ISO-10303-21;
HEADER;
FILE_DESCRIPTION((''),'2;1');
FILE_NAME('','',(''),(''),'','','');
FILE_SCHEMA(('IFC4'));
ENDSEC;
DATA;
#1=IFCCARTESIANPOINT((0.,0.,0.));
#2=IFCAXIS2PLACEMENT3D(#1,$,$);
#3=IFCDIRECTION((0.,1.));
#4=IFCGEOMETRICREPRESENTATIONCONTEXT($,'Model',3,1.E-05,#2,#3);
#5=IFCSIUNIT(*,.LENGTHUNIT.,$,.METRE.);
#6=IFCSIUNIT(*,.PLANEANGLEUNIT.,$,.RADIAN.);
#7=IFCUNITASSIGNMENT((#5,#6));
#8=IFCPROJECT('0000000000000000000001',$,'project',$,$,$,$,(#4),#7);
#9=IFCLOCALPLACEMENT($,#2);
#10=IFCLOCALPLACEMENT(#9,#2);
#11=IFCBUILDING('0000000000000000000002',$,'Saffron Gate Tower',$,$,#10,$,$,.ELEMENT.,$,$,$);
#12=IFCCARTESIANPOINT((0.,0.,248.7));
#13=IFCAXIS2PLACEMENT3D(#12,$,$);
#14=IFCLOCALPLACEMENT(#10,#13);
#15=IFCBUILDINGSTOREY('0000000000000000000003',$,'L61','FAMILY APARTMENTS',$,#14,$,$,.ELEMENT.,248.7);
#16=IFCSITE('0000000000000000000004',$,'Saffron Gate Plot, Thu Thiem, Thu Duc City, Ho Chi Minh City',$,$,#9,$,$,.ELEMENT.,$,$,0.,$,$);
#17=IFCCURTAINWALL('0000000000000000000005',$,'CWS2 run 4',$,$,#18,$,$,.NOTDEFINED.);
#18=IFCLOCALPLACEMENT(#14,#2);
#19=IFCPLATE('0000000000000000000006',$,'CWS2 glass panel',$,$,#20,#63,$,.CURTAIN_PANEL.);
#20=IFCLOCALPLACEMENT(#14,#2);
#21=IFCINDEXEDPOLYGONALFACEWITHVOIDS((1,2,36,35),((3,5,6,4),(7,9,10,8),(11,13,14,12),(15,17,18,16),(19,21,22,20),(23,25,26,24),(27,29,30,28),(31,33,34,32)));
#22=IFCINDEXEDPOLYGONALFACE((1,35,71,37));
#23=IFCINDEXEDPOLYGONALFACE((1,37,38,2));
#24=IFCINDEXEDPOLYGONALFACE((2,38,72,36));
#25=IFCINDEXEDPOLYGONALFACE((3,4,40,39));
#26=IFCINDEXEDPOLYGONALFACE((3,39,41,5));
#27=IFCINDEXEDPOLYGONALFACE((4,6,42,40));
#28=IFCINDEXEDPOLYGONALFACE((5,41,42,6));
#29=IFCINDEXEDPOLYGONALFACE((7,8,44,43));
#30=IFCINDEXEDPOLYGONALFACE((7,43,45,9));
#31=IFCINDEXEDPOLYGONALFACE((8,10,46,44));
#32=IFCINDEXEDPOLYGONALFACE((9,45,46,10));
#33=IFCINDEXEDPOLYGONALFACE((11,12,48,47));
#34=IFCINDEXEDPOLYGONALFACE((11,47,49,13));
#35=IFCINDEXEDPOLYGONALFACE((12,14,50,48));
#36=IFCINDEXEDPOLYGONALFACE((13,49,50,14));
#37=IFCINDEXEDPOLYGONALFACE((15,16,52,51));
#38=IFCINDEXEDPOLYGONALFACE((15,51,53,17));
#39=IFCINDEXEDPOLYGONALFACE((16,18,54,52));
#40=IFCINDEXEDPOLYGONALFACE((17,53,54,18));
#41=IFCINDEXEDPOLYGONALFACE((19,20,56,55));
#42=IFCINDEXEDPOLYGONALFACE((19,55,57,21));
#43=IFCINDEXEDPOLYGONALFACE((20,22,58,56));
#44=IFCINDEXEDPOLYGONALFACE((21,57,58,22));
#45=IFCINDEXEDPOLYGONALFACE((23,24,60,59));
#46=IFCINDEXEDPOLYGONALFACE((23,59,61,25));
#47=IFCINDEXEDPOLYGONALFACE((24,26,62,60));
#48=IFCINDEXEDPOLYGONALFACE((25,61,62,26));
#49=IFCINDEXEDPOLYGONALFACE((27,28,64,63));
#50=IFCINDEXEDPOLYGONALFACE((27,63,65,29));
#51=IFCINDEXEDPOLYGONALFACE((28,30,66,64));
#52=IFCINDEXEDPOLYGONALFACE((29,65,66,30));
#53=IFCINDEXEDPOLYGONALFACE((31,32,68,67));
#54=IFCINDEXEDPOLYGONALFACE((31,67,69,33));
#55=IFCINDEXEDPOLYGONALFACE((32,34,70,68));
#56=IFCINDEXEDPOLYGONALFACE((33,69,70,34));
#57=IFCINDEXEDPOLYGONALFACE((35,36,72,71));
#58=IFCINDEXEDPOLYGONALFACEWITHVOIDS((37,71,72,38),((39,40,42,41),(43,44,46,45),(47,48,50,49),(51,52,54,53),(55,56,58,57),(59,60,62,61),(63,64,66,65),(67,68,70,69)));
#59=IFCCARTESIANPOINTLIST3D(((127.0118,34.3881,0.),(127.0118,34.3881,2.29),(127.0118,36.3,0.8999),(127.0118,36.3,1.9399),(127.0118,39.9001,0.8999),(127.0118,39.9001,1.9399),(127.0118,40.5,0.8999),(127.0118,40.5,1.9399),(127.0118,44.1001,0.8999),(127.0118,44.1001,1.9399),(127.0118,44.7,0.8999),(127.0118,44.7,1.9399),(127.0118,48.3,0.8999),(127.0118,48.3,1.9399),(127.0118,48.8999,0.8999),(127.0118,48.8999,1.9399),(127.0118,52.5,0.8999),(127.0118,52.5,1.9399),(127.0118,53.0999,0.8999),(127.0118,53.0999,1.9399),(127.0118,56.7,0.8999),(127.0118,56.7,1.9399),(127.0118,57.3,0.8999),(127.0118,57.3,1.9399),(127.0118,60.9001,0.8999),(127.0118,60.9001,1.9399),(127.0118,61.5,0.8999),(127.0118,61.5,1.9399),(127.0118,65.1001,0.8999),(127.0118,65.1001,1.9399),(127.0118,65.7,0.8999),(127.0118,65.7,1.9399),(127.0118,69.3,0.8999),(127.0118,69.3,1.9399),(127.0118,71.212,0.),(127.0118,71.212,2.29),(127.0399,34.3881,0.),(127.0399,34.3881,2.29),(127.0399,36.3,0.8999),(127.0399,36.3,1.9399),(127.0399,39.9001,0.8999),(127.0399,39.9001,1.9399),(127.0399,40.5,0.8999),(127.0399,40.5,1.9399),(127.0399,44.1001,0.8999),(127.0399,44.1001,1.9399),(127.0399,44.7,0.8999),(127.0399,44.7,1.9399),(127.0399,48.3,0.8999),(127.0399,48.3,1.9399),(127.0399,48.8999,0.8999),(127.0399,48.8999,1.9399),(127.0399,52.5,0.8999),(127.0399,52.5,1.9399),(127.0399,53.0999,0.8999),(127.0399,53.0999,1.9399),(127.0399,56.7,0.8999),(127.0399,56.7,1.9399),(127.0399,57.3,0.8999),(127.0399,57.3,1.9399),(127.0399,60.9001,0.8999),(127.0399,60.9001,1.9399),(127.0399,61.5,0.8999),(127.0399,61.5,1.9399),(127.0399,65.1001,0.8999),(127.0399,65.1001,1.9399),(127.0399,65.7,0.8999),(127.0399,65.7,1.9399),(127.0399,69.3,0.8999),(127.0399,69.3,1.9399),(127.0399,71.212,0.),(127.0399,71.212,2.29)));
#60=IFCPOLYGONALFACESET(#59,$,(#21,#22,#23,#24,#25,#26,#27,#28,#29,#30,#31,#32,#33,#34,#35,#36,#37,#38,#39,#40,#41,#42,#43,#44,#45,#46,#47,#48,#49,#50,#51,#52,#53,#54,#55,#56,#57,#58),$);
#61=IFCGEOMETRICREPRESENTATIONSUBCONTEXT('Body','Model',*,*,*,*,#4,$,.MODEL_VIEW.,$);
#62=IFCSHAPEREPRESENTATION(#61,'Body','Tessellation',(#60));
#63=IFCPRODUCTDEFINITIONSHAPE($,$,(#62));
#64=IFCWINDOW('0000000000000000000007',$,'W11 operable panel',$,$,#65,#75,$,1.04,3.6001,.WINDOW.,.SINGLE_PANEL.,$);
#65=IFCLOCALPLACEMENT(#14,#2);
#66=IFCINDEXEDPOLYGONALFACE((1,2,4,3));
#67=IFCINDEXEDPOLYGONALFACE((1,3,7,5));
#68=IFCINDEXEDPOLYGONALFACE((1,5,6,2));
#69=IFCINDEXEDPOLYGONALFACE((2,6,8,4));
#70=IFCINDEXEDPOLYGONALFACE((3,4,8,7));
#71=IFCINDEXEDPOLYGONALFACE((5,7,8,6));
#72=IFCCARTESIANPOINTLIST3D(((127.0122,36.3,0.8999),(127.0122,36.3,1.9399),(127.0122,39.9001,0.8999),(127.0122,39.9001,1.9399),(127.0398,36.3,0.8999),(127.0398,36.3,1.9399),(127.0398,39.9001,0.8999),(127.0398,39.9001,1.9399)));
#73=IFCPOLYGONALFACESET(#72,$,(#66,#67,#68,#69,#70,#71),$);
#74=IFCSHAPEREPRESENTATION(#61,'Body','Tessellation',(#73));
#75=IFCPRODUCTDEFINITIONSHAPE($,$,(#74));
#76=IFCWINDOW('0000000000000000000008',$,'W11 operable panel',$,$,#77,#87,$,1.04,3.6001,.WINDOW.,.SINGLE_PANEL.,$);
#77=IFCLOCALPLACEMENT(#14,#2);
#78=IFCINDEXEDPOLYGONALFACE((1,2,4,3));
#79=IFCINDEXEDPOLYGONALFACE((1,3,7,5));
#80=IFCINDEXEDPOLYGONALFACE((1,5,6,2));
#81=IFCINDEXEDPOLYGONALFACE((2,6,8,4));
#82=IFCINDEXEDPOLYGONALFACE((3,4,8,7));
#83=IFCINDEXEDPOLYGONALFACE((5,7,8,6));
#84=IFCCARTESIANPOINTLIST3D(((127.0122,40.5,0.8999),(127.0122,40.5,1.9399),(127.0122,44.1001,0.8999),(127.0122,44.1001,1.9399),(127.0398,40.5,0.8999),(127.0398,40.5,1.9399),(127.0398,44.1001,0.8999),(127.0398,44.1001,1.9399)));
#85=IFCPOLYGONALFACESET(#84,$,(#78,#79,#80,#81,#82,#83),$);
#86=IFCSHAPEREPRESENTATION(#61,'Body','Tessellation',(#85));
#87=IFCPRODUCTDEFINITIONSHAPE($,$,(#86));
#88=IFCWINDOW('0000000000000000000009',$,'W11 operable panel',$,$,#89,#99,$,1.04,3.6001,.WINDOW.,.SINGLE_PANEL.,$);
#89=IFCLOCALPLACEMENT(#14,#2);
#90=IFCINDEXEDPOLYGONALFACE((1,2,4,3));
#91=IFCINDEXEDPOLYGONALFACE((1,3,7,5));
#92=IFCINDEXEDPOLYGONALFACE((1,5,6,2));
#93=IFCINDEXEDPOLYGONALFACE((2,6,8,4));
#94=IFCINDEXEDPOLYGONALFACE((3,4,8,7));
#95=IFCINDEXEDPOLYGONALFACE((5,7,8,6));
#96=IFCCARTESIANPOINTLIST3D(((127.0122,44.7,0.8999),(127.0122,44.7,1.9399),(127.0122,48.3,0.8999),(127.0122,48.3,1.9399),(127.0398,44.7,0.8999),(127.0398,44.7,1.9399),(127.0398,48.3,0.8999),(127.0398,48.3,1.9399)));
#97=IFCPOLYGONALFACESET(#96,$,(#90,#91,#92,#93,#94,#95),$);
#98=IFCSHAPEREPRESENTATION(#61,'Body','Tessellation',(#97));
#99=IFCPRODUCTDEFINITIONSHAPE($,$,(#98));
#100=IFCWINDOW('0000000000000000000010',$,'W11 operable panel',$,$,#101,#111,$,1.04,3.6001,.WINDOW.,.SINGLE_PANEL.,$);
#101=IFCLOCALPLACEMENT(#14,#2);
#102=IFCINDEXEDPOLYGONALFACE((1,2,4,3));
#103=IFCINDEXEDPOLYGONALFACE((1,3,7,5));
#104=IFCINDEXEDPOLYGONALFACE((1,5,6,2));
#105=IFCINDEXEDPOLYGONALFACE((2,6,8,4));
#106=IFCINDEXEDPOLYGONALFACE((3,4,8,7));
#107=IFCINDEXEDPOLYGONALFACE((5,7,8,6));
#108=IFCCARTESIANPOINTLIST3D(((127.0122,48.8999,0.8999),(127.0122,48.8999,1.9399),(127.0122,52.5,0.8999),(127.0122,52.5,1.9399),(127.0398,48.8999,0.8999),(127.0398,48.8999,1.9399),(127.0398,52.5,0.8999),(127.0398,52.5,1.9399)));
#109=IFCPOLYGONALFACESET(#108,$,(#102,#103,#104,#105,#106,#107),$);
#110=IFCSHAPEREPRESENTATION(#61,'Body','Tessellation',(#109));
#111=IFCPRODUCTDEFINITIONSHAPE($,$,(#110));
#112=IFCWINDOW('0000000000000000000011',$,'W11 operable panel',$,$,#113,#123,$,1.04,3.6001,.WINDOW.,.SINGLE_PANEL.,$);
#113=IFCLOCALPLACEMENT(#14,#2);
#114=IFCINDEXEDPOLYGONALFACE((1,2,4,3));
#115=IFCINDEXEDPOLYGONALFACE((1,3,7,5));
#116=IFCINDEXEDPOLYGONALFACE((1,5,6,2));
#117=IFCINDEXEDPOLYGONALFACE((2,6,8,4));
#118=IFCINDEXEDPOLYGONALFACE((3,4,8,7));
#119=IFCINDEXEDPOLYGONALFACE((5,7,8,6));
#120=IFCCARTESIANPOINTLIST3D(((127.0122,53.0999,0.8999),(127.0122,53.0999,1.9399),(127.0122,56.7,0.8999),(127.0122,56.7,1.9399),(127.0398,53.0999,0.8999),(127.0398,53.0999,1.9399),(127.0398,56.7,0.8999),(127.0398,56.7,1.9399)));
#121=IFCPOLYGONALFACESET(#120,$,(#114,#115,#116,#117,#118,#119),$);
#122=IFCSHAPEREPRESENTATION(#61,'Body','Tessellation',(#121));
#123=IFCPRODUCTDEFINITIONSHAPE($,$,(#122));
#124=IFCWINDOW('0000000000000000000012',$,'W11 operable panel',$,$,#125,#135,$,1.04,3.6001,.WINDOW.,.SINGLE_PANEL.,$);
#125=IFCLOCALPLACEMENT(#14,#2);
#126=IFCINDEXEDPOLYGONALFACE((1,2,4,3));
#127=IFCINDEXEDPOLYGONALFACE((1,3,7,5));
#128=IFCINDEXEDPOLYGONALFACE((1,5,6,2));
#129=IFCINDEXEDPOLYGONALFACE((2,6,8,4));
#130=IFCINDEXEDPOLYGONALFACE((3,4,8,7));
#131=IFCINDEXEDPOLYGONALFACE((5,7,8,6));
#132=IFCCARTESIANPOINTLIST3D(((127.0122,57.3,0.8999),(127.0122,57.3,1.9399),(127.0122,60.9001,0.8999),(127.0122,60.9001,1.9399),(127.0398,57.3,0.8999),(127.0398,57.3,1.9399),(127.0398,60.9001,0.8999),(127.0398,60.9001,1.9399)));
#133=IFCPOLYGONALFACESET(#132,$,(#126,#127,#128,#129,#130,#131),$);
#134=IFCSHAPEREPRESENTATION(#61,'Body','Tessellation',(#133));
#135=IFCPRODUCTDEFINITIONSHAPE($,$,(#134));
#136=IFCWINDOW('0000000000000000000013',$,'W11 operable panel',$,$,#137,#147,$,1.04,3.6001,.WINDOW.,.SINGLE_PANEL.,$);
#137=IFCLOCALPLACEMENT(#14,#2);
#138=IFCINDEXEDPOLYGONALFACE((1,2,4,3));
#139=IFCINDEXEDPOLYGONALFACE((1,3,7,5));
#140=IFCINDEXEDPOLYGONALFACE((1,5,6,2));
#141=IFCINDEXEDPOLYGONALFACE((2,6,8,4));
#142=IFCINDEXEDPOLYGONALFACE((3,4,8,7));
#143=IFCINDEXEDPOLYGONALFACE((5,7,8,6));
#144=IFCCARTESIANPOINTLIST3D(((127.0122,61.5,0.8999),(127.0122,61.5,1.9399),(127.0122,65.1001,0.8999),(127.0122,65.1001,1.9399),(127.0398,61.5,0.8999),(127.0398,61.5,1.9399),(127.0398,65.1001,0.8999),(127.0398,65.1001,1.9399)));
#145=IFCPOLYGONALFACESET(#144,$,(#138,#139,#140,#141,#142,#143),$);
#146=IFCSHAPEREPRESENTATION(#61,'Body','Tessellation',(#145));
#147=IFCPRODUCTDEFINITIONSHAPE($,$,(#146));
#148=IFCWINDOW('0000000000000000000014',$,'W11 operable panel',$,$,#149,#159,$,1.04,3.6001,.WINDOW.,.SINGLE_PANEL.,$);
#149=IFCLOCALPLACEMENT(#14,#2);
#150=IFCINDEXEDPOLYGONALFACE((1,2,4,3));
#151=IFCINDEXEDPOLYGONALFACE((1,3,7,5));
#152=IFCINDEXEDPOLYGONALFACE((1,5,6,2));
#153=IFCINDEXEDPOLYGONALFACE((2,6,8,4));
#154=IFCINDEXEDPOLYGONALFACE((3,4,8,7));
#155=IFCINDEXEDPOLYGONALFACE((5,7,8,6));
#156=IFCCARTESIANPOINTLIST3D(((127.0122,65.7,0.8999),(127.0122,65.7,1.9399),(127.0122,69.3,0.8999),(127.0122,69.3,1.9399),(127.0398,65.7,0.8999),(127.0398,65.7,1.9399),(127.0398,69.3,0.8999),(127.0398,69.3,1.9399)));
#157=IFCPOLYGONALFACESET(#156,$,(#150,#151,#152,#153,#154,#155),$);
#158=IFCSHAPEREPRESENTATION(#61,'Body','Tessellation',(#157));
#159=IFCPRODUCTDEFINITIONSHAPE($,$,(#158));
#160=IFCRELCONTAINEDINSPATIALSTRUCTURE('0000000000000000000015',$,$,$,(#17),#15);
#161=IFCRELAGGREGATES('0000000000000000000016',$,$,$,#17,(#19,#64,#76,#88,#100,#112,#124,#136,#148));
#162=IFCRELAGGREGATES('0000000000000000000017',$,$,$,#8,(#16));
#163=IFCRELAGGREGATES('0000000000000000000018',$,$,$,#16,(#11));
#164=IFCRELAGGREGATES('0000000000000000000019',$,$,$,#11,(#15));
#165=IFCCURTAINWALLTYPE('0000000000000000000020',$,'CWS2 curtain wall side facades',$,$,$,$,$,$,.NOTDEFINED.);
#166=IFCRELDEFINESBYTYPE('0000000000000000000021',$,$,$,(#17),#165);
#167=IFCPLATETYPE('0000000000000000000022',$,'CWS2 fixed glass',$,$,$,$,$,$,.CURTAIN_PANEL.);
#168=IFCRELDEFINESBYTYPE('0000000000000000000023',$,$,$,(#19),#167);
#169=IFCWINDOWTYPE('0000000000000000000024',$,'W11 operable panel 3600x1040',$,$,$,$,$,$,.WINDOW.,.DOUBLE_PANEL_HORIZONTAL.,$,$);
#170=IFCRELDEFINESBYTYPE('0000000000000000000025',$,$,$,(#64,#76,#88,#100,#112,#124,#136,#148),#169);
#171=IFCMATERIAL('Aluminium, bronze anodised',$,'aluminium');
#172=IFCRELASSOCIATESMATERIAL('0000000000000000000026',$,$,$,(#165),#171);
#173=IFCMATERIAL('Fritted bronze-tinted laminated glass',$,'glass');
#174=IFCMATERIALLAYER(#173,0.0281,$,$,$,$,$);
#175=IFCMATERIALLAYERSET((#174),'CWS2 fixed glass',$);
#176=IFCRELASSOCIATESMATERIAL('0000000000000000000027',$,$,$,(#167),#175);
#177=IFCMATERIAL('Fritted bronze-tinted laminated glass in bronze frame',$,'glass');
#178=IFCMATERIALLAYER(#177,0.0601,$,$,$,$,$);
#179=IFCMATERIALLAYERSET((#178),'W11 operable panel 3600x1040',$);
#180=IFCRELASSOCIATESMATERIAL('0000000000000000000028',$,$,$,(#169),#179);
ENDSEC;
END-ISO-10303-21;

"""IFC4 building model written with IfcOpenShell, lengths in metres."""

from ifc_helpers import new_model, si_unit, direction, frame, frame_2d, origin, place, context, subcontext, project, spatial, rectangle, extrude, material, layer, layer_set, type_object, element, fill, aggregate, save


model = new_model("IFC4")

# Units and contexts
model_context = context("Model", 3, precision=1e-05, world=origin(), true_north=direction((0.0, 1.0)))
body_context = subcontext(model_context, "Body", "Model", "MODEL_VIEW")
ifc_project = project(units=[si_unit("LENGTHUNIT", "METRE"), si_unit("PLANEANGLEUNIT", "RADIAN")], contexts=[model_context])

# Site, building, storey
site_placement = place(None, origin())
site = spatial("IfcSite", under=ifc_project, at=site_placement, Name="Saffron Gate Plot, Thu Thiem, Thu Duc City, Ho Chi Minh City", CompositionType="ELEMENT", RefElevation=0.0)
building_placement = place(site_placement, origin())
building = spatial("IfcBuilding", under=site, at=building_placement, Name="Saffron Gate Tower", CompositionType="ELEMENT")
storey_placement = place(building_placement, frame((0.0, 0.0, 248.7)))
storey = spatial("IfcBuildingStorey", under=building, at=storey_placement, Name="L61", Description="FAMILY APARTMENTS", CompositionType="ELEMENT", Elevation=248.7)

# Shared definitions
ifc_material_1 = material(Name="Aluminium, bronze anodised", Category="aluminium")

# Curtain wall
curtain_wall_type_1 = type_object("IfcCurtainWallType", Name="CWS2 curtain wall side facades", PredefinedType="NOTDEFINED", material=ifc_material_1)
curtain_wall_1_placement = place(storey_placement, origin())
curtain_wall_1 = element("IfcCurtainWall", 1, at=curtain_wall_1_placement, inside=storey, type_object=curtain_wall_type_1, Name="CWS2 run 4", PredefinedType="NOTDEFINED")

# Plate, openings, windows
ifc_material_2 = material(Name="Fritted bronze-tinted laminated glass", Category="glass")
ifc_layer_1 = layer(ifc_material_2, 0.0281)
ifc_layer_set_1 = layer_set([ifc_layer_1], Name="CWS2 fixed glass")
plate_type_1 = type_object("IfcPlateType", Name="CWS2 fixed glass", PredefinedType="CURTAIN_PANEL", material=ifc_layer_set_1)
plate_1_placement = place(storey_placement, frame((127.0259, 34.3879, 0.0), z_axis=(0.0, 0.0, 1.0), x_axis=(0.0, 1.0, 0.0)))
plate_1 = element("IfcPlate", 2, at=plate_1_placement, type_object=plate_type_1, Name="CWS2 glass panel", PredefinedType="CURTAIN_PANEL", context=body_context, shape_type="SweptSolid", body=[
    extrude(rectangle(XDim=36.824, YDim=0.0281, at=frame_2d((18.4121, 0.0))), origin(), (0.0, 0.0, 1.0), 2.29),
])
opening_1_placement = place(plate_1_placement, frame((1.9121, 0.0, 0.8999)))
opening_1 = element("IfcOpeningElement", 3, at=opening_1_placement, cuts=plate_1, PredefinedType="OPENING", context=body_context, shape_type="SweptSolid", body=[
    extrude(rectangle(XDim=3.6001, YDim=1.04, at=frame_2d((1.8, 0.52))), frame((0.0, 0.0239, 0.0), z_axis=(0.0, -1.0, 0.0), x_axis=(1.0, 0.0, 0.0)), (0.0, 0.0, 1.0), 0.0481),
])
opening_2_placement = place(plate_1_placement, frame((6.1121, 0.0, 0.8999)))
opening_2 = element("IfcOpeningElement", 4, at=opening_2_placement, cuts=plate_1, PredefinedType="OPENING", context=body_context, shape_type="SweptSolid", body=[
    extrude(rectangle(XDim=3.6001, YDim=1.04, at=frame_2d((1.8, 0.52))), frame((0.0, 0.0239, 0.0), z_axis=(0.0, -1.0, 0.0), x_axis=(1.0, 0.0, 0.0)), (0.0, 0.0, 1.0), 0.0481),
])
opening_3_placement = place(plate_1_placement, frame((10.312, 0.0, 0.8999)))
opening_3 = element("IfcOpeningElement", 5, at=opening_3_placement, cuts=plate_1, PredefinedType="OPENING", context=body_context, shape_type="SweptSolid", body=[
    extrude(rectangle(XDim=3.6001, YDim=1.04, at=frame_2d((1.8, 0.52))), frame((0.0, 0.0239, 0.0), z_axis=(0.0, -1.0, 0.0), x_axis=(1.0, 0.0, 0.0)), (0.0, 0.0, 1.0), 0.0481),
])
opening_4_placement = place(plate_1_placement, frame((14.512, 0.0, 0.8999)))
opening_4 = element("IfcOpeningElement", 6, at=opening_4_placement, cuts=plate_1, PredefinedType="OPENING", context=body_context, shape_type="SweptSolid", body=[
    extrude(rectangle(XDim=3.6001, YDim=1.04, at=frame_2d((1.8, 0.52))), frame((0.0, 0.0239, 0.0), z_axis=(0.0, -1.0, 0.0), x_axis=(1.0, 0.0, 0.0)), (0.0, 0.0, 1.0), 0.0481),
])
opening_5_placement = place(plate_1_placement, frame((18.7119, 0.0, 0.8999)))
opening_5 = element("IfcOpeningElement", 7, at=opening_5_placement, cuts=plate_1, PredefinedType="OPENING", context=body_context, shape_type="SweptSolid", body=[
    extrude(rectangle(XDim=3.6001, YDim=1.04, at=frame_2d((1.8, 0.52))), frame((0.0, 0.0239, 0.0), z_axis=(0.0, -1.0, 0.0), x_axis=(1.0, 0.0, 0.0)), (0.0, 0.0, 1.0), 0.0481),
])
opening_6_placement = place(plate_1_placement, frame((22.9121, 0.0, 0.8999)))
opening_6 = element("IfcOpeningElement", 8, at=opening_6_placement, cuts=plate_1, PredefinedType="OPENING", context=body_context, shape_type="SweptSolid", body=[
    extrude(rectangle(XDim=3.6001, YDim=1.04, at=frame_2d((1.8, 0.52))), frame((0.0, 0.0239, 0.0), z_axis=(0.0, -1.0, 0.0), x_axis=(1.0, 0.0, 0.0)), (0.0, 0.0, 1.0), 0.0481),
])
opening_7_placement = place(plate_1_placement, frame((27.1121, 0.0, 0.8999)))
opening_7 = element("IfcOpeningElement", 9, at=opening_7_placement, cuts=plate_1, PredefinedType="OPENING", context=body_context, shape_type="SweptSolid", body=[
    extrude(rectangle(XDim=3.6001, YDim=1.04, at=frame_2d((1.8, 0.52))), frame((0.0, 0.0239, 0.0), z_axis=(0.0, -1.0, 0.0), x_axis=(1.0, 0.0, 0.0)), (0.0, 0.0, 1.0), 0.0481),
])
opening_8_placement = place(plate_1_placement, frame((31.312, 0.0, 0.8999)))
opening_8 = element("IfcOpeningElement", 10, at=opening_8_placement, cuts=plate_1, PredefinedType="OPENING", context=body_context, shape_type="SweptSolid", body=[
    extrude(rectangle(XDim=3.6001, YDim=1.04, at=frame_2d((1.8, 0.52))), frame((0.0, 0.0239, 0.0), z_axis=(0.0, -1.0, 0.0), x_axis=(1.0, 0.0, 0.0)), (0.0, 0.0, 1.0), 0.0481),
])
ifc_material_3 = material(Name="Fritted bronze-tinted laminated glass in bronze frame", Category="glass")
ifc_layer_2 = layer(ifc_material_3, 0.0601)
ifc_layer_set_2 = layer_set([ifc_layer_2], Name="W11 operable panel 3600x1040")
window_type = type_object("IfcWindowType", Name="W11 operable panel 3600x1040", PartitioningType="DOUBLE_PANEL_HORIZONTAL", PredefinedType="WINDOW", material=ifc_layer_set_2)
window_1_placement = place(opening_1_placement, origin())
window_1 = element("IfcWindow", 11, at=window_1_placement, type_object=window_type, Name="W11 operable panel", OverallHeight=1.04, OverallWidth=3.6001, PartitioningType="SINGLE_PANEL", PredefinedType="WINDOW", context=body_context, shape_type="SweptSolid", body=[
    extrude(rectangle(XDim=3.6001, YDim=1.04, at=frame_2d((1.8, 0.52))), frame((0.0, 0.0137, 0.0), z_axis=(0.0, -1.0, 0.0), x_axis=(1.0, 0.0, 0.0)), (0.0, 0.0, 1.0), 0.0276),
])
fill(opening_1, window_1)
window_2_placement = place(opening_2_placement, origin())
window_2 = element("IfcWindow", 12, at=window_2_placement, type_object=window_type, Name="W11 operable panel", OverallHeight=1.04, OverallWidth=3.6001, PartitioningType="SINGLE_PANEL", PredefinedType="WINDOW", context=body_context, shape_type="SweptSolid", body=[
    extrude(rectangle(XDim=3.6001, YDim=1.04, at=frame_2d((1.8, 0.52))), frame((0.0, 0.0137, 0.0), z_axis=(0.0, -1.0, 0.0), x_axis=(1.0, 0.0, 0.0)), (0.0, 0.0, 1.0), 0.0276),
])
fill(opening_2, window_2)
window_3_placement = place(opening_3_placement, origin())
window_3 = element("IfcWindow", 13, at=window_3_placement, type_object=window_type, Name="W11 operable panel", OverallHeight=1.04, OverallWidth=3.6001, PartitioningType="SINGLE_PANEL", PredefinedType="WINDOW", context=body_context, shape_type="SweptSolid", body=[
    extrude(rectangle(XDim=3.6001, YDim=1.04, at=frame_2d((1.8, 0.52))), frame((0.0, 0.0137, 0.0), z_axis=(0.0, -1.0, 0.0), x_axis=(1.0, 0.0, 0.0)), (0.0, 0.0, 1.0), 0.0276),
])
fill(opening_3, window_3)
window_4_placement = place(opening_4_placement, origin())
window_4 = element("IfcWindow", 14, at=window_4_placement, type_object=window_type, Name="W11 operable panel", OverallHeight=1.04, OverallWidth=3.6001, PartitioningType="SINGLE_PANEL", PredefinedType="WINDOW", context=body_context, shape_type="SweptSolid", body=[
    extrude(rectangle(XDim=3.6001, YDim=1.04, at=frame_2d((1.8, 0.52))), frame((0.0, 0.0137, 0.0), z_axis=(0.0, -1.0, 0.0), x_axis=(1.0, 0.0, 0.0)), (0.0, 0.0, 1.0), 0.0276),
])
fill(opening_4, window_4)
window_5_placement = place(opening_5_placement, origin())
window_5 = element("IfcWindow", 15, at=window_5_placement, type_object=window_type, Name="W11 operable panel", OverallHeight=1.04, OverallWidth=3.6001, PartitioningType="SINGLE_PANEL", PredefinedType="WINDOW", context=body_context, shape_type="SweptSolid", body=[
    extrude(rectangle(XDim=3.6001, YDim=1.04, at=frame_2d((1.8, 0.52))), frame((0.0, 0.0137, 0.0), z_axis=(0.0, -1.0, 0.0), x_axis=(1.0, 0.0, 0.0)), (0.0, 0.0, 1.0), 0.0276),
])
fill(opening_5, window_5)
window_6_placement = place(opening_6_placement, origin())
window_6 = element("IfcWindow", 16, at=window_6_placement, type_object=window_type, Name="W11 operable panel", OverallHeight=1.04, OverallWidth=3.6001, PartitioningType="SINGLE_PANEL", PredefinedType="WINDOW", context=body_context, shape_type="SweptSolid", body=[
    extrude(rectangle(XDim=3.6001, YDim=1.04, at=frame_2d((1.8, 0.52))), frame((0.0, 0.0137, 0.0), z_axis=(0.0, -1.0, 0.0), x_axis=(1.0, 0.0, 0.0)), (0.0, 0.0, 1.0), 0.0276),
])
fill(opening_6, window_6)
window_7_placement = place(opening_7_placement, origin())
window_7 = element("IfcWindow", 17, at=window_7_placement, type_object=window_type, Name="W11 operable panel", OverallHeight=1.04, OverallWidth=3.6001, PartitioningType="SINGLE_PANEL", PredefinedType="WINDOW", context=body_context, shape_type="SweptSolid", body=[
    extrude(rectangle(XDim=3.6001, YDim=1.04, at=frame_2d((1.8, 0.52))), frame((0.0, 0.0137, 0.0), z_axis=(0.0, -1.0, 0.0), x_axis=(1.0, 0.0, 0.0)), (0.0, 0.0, 1.0), 0.0276),
])
fill(opening_7, window_7)
window_8_placement = place(opening_8_placement, origin())
window_8 = element("IfcWindow", 18, at=window_8_placement, type_object=window_type, Name="W11 operable panel", OverallHeight=1.04, OverallWidth=3.6001, PartitioningType="SINGLE_PANEL", PredefinedType="WINDOW", context=body_context, shape_type="SweptSolid", body=[
    extrude(rectangle(XDim=3.6001, YDim=1.04, at=frame_2d((1.8, 0.52))), frame((0.0, 0.0137, 0.0), z_axis=(0.0, -1.0, 0.0), x_axis=(1.0, 0.0, 0.0)), (0.0, 0.0, 1.0), 0.0276),
])
fill(opening_8, window_8)
aggregate(curtain_wall_1, [plate_1, window_1, window_2, window_3, window_4, window_5, window_6, window_7, window_8])

save(model, "model.ifc")
